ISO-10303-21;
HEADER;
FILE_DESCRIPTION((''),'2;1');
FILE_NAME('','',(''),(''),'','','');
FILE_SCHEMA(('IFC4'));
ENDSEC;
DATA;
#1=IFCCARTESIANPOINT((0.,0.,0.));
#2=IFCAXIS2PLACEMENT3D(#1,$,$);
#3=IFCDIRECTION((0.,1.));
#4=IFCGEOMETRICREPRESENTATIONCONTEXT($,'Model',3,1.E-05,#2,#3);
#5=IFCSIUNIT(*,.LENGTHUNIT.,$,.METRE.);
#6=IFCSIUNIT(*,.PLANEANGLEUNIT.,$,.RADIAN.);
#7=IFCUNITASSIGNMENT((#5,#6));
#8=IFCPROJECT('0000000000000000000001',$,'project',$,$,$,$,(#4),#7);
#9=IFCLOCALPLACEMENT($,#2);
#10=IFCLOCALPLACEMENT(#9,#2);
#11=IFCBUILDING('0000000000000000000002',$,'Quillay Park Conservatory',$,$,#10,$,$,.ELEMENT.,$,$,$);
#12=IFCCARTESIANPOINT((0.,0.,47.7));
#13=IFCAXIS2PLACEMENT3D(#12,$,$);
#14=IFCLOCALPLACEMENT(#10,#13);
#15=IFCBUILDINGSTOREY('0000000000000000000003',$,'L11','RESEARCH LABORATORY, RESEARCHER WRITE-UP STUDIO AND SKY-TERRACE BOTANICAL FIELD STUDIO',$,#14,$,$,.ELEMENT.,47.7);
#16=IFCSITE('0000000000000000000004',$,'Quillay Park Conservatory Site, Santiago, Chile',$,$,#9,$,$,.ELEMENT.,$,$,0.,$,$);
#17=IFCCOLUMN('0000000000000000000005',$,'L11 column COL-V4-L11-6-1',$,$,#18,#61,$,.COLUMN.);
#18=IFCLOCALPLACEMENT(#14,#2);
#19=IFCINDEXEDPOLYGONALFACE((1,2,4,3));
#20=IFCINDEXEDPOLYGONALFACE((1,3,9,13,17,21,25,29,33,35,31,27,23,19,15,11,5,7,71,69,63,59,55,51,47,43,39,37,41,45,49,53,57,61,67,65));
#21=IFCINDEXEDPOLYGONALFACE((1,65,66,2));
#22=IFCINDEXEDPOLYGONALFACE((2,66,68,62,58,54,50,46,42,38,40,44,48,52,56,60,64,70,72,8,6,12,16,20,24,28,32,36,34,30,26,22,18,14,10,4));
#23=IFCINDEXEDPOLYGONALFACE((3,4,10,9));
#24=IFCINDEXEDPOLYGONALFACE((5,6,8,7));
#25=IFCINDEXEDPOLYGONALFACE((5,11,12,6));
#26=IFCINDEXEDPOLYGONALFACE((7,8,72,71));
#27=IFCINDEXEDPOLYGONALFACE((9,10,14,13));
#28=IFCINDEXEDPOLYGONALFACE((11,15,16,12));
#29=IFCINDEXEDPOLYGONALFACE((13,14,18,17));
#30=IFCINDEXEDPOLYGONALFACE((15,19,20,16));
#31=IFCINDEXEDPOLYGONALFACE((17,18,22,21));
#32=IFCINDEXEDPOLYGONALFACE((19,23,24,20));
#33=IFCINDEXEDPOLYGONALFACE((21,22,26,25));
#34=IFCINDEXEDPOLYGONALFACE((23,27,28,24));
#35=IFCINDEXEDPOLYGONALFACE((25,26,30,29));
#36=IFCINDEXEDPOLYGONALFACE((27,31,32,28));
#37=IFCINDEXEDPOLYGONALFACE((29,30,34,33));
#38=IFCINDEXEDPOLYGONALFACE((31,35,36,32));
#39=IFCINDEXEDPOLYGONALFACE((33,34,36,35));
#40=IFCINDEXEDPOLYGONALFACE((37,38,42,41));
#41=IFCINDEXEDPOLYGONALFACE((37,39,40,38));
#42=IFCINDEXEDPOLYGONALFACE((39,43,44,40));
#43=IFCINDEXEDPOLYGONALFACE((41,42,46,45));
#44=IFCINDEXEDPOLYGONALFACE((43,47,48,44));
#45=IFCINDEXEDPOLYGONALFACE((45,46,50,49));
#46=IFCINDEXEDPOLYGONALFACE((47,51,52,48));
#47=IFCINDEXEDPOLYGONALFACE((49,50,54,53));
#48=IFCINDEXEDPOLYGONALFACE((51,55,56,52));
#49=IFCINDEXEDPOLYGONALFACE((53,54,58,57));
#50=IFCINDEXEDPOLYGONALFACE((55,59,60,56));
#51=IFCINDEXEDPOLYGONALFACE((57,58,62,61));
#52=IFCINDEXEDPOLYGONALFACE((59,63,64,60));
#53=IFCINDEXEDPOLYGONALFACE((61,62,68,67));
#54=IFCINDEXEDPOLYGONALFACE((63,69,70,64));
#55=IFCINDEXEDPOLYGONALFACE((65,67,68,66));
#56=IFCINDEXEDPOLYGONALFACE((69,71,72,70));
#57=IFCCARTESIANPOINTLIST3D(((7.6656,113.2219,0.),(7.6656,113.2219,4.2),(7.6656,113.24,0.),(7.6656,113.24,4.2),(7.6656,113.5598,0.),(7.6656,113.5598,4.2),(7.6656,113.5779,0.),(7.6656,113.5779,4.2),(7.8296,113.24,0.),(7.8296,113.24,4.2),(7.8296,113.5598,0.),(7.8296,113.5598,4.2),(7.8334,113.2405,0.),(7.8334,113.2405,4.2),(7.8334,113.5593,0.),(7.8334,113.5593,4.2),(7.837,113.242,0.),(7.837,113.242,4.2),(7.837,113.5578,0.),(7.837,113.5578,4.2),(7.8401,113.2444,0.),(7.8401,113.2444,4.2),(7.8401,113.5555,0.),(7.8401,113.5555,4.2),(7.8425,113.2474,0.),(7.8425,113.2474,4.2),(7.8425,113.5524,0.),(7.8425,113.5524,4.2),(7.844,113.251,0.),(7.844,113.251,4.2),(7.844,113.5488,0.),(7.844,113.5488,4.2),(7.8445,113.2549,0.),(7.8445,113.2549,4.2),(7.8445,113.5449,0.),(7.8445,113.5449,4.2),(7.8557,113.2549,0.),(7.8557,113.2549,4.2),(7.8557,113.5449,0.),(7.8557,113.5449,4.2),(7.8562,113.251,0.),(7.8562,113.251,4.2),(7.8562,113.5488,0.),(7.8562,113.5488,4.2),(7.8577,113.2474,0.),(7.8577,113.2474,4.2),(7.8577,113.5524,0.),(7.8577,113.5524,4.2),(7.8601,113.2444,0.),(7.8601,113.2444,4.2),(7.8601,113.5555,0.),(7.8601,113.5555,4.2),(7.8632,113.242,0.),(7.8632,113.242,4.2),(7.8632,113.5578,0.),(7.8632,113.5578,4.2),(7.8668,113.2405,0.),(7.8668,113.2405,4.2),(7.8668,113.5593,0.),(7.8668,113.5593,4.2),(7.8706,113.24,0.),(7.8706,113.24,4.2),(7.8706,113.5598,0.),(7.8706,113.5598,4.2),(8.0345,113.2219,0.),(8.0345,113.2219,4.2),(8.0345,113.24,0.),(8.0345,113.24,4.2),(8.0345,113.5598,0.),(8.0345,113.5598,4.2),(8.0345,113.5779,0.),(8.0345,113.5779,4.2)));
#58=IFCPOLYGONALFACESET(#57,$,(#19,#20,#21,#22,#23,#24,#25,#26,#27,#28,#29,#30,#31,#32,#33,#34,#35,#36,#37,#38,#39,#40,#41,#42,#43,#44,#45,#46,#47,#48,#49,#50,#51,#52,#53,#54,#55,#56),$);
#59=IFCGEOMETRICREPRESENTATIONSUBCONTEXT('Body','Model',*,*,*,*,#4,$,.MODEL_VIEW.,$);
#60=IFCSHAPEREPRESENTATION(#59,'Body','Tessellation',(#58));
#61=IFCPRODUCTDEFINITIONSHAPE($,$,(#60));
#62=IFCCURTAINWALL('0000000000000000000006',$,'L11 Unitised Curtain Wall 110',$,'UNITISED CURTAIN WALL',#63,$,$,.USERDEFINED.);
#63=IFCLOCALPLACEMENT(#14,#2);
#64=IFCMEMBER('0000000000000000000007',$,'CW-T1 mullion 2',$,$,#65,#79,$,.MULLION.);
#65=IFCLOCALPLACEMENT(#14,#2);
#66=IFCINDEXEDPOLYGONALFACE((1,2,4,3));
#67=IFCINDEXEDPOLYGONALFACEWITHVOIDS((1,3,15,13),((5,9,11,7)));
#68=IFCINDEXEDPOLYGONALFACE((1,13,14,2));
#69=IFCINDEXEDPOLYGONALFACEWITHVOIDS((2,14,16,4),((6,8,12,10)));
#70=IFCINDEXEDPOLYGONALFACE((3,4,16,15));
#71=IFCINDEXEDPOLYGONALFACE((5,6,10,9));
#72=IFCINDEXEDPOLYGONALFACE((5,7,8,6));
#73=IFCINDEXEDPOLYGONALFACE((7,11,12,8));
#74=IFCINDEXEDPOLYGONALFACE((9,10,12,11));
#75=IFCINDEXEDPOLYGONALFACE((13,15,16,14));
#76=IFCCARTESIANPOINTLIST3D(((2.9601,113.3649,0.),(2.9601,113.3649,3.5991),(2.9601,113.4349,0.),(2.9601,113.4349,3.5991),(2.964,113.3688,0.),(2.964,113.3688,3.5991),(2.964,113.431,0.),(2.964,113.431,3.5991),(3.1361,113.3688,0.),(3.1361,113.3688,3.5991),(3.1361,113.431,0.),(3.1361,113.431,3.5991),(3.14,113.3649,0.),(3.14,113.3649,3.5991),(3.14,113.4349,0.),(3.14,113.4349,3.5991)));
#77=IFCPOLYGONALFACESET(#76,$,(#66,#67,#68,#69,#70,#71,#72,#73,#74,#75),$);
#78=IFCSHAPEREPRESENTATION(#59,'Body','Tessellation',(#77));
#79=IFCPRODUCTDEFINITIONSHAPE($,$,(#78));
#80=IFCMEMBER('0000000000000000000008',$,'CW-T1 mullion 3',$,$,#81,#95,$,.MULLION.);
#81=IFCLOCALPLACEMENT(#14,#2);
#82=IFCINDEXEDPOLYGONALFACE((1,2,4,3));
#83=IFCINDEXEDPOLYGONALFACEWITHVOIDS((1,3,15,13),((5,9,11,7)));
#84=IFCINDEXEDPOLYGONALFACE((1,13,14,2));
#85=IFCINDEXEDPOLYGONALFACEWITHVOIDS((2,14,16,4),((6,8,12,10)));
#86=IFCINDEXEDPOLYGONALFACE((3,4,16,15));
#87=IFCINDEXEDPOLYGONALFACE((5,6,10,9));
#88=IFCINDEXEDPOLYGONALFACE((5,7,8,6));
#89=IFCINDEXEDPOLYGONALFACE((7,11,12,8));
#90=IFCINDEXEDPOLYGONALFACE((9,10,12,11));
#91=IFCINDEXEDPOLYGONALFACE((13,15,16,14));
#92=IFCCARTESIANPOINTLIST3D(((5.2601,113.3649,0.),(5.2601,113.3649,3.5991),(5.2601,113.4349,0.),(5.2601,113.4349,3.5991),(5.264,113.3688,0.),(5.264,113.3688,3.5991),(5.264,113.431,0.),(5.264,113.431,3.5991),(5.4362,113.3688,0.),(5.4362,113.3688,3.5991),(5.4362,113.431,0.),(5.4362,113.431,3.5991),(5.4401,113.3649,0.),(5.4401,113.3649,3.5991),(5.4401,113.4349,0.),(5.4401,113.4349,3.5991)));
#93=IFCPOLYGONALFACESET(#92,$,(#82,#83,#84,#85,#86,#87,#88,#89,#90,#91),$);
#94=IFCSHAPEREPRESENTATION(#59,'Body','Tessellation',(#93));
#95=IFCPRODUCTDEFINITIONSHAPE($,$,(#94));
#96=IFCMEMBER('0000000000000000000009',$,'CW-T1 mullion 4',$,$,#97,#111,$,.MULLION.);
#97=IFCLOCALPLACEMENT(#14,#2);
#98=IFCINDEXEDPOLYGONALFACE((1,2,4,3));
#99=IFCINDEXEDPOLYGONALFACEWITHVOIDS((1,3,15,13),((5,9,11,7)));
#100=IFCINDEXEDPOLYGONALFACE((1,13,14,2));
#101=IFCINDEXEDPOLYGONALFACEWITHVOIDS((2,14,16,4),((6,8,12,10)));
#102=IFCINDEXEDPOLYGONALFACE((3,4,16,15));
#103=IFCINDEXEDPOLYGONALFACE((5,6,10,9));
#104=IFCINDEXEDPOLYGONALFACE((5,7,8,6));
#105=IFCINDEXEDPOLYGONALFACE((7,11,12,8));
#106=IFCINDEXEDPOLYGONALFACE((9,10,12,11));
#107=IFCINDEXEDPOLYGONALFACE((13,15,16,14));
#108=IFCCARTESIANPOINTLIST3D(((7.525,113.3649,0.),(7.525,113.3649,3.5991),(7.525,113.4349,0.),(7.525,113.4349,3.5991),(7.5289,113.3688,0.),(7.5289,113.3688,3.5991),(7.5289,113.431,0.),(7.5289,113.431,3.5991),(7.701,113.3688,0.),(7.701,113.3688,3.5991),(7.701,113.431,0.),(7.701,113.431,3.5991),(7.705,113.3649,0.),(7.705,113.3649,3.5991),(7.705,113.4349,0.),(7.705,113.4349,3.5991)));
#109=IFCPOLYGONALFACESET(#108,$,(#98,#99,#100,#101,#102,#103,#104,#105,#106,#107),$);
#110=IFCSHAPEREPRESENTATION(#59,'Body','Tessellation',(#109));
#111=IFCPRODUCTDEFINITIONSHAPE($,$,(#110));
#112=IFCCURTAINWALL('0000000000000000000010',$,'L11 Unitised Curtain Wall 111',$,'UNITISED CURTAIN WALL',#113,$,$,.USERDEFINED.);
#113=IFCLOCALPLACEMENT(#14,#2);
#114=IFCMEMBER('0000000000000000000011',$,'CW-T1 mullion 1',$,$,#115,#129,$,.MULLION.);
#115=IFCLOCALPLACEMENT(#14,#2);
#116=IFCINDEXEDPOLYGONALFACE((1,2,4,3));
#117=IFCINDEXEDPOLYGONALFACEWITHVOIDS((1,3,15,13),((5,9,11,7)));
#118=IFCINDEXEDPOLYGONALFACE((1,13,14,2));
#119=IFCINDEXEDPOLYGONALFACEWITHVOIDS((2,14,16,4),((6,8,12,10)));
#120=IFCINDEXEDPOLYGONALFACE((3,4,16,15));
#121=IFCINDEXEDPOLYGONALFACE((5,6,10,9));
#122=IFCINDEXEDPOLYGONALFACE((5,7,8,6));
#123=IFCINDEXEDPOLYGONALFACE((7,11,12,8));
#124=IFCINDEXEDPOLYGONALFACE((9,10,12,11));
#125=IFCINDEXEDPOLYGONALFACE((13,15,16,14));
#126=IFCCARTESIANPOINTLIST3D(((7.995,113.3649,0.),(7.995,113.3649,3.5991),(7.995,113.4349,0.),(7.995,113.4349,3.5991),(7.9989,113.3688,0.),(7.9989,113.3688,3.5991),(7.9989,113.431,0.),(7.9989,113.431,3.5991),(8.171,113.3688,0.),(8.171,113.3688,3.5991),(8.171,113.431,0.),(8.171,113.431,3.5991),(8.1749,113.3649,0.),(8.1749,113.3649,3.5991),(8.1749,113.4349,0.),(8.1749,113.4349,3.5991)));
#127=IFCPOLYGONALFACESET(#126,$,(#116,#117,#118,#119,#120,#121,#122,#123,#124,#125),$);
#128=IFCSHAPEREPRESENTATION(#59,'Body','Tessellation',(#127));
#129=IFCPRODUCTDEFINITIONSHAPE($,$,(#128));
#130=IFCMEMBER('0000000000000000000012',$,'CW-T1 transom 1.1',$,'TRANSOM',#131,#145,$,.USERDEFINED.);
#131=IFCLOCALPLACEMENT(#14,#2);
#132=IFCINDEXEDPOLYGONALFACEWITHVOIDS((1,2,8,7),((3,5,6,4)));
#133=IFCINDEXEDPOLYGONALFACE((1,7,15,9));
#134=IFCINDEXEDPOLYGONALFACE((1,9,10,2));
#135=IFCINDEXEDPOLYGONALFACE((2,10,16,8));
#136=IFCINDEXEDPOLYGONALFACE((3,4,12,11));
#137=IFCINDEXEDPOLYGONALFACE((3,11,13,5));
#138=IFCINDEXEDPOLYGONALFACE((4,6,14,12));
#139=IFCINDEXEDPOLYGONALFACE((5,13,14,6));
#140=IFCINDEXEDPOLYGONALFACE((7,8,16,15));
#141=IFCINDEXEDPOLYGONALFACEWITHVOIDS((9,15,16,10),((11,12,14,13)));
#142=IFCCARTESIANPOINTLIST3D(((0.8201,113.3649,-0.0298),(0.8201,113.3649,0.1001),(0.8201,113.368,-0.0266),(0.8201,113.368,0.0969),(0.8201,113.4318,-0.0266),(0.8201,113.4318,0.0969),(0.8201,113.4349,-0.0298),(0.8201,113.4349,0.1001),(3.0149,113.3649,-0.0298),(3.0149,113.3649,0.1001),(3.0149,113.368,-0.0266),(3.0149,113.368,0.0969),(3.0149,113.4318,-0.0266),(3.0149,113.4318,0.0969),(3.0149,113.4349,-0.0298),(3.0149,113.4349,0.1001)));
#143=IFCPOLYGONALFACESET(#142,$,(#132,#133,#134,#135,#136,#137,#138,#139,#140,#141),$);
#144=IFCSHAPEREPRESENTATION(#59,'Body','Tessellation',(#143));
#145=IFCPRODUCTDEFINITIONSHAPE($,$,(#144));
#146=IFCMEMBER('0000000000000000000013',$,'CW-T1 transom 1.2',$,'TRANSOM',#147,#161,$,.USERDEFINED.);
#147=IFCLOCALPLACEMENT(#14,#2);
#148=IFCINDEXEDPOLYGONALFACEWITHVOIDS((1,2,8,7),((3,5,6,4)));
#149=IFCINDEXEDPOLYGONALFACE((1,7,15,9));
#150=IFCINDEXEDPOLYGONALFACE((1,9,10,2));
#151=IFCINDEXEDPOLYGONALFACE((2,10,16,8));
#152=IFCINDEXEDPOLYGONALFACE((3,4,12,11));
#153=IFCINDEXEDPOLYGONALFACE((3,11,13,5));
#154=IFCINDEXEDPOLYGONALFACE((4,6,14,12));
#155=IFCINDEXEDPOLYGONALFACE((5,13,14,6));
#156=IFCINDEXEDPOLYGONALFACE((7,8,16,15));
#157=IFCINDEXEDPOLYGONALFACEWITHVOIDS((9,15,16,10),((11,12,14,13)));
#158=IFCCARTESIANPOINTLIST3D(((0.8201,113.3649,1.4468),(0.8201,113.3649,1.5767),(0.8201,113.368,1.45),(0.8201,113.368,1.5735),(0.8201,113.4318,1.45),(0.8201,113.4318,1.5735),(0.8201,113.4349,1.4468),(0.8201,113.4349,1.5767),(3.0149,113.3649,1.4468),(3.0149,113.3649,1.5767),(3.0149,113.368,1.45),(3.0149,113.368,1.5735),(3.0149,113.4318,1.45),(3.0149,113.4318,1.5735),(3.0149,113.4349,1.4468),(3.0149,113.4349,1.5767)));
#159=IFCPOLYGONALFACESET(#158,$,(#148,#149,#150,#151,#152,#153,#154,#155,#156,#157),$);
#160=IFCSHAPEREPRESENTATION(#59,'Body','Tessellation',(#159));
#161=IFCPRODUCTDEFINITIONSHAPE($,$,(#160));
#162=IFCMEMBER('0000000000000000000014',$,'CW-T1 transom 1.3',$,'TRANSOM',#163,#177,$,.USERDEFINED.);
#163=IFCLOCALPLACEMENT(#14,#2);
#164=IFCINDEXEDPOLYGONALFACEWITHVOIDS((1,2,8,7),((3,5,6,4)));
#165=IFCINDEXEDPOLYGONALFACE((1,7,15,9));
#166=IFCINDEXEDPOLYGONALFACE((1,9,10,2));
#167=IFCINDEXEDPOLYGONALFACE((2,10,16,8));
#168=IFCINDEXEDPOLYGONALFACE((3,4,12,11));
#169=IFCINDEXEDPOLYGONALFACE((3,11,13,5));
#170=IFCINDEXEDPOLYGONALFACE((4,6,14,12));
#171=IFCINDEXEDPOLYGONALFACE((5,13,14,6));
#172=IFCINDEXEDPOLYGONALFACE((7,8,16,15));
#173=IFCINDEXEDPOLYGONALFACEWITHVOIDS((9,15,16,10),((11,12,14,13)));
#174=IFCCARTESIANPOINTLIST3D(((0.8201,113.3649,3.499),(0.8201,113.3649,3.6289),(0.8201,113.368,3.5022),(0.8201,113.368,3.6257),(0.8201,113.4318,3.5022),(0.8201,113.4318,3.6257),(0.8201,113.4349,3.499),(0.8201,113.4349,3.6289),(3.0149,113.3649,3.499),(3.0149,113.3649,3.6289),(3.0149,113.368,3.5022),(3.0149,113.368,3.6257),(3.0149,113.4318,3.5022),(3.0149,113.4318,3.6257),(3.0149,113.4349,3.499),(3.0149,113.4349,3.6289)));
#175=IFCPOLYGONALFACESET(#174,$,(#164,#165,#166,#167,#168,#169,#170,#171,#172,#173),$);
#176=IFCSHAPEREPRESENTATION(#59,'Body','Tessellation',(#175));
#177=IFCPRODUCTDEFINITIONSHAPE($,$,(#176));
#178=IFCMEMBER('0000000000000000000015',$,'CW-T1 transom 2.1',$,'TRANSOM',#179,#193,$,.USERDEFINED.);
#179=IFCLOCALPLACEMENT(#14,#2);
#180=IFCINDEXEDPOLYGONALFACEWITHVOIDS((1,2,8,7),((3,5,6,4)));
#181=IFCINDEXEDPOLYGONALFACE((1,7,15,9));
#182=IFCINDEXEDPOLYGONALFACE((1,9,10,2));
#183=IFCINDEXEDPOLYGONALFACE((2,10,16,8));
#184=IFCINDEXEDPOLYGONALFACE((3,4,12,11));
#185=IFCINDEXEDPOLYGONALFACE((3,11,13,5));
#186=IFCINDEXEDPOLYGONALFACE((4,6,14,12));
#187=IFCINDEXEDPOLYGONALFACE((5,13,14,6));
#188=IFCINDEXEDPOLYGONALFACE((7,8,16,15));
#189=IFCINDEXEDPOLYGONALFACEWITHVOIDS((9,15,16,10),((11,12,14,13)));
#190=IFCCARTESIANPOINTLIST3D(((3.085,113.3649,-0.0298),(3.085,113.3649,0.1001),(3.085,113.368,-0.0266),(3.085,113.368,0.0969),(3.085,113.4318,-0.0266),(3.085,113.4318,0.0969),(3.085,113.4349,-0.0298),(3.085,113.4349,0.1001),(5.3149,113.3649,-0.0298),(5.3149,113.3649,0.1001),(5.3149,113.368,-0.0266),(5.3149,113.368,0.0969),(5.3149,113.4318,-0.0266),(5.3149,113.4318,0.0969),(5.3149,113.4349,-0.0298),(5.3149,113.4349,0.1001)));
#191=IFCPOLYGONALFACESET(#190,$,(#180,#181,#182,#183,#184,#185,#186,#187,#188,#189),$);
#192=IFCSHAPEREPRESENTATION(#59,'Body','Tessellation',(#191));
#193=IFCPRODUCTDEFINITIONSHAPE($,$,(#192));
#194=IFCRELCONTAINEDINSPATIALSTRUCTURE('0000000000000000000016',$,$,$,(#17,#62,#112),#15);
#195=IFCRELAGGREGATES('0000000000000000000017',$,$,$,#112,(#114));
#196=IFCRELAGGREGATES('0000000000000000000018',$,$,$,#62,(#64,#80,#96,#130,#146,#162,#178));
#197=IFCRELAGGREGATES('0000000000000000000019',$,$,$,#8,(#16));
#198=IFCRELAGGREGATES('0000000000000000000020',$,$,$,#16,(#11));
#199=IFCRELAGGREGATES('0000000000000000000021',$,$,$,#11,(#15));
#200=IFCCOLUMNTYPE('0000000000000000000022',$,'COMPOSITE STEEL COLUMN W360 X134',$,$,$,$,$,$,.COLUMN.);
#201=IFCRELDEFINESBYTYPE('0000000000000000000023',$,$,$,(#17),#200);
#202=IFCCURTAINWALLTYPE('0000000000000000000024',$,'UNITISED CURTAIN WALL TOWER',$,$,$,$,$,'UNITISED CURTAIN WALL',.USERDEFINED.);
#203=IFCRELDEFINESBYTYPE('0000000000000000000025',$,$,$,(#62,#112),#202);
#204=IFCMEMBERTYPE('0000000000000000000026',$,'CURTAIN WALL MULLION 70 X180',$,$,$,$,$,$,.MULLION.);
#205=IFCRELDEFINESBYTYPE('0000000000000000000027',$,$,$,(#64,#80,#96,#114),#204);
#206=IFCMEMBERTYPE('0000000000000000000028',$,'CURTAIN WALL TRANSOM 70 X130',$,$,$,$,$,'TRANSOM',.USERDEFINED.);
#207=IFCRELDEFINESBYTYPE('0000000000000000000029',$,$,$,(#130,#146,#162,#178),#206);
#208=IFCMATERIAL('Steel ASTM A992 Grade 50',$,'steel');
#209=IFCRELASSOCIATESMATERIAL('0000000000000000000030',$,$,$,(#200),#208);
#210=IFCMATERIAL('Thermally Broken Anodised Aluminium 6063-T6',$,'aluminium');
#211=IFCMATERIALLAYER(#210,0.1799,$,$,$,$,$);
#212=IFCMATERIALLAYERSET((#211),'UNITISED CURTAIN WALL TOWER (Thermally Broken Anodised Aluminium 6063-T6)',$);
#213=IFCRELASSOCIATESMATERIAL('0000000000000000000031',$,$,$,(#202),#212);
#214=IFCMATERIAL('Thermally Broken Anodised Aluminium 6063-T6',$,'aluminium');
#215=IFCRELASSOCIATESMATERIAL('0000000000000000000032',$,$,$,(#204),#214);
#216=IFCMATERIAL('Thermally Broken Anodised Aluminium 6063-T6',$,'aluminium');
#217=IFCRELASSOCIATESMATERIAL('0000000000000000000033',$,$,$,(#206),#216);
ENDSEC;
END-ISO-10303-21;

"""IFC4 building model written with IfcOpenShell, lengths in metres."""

from ifc_helpers import new_model, si_unit, direction, frame, origin, origin_2d, place, context, subcontext, project, spatial, hollow_rectangle, i_section, extrude, material, layer, layer_set, material_profile, profile_set, type_object, element, aggregate, save


model = new_model("IFC4")

# Units and contexts
model_context = context("Model", 3, precision=1e-05, world=origin(), true_north=direction((0.0, 1.0)))
body_context = subcontext(model_context, "Body", "Model", "MODEL_VIEW")
ifc_project = project(units=[si_unit("LENGTHUNIT", "METRE"), si_unit("PLANEANGLEUNIT", "RADIAN")], contexts=[model_context])

# Site, building, storey
site_placement = place(None, origin())
site = spatial("IfcSite", under=ifc_project, at=site_placement, Name="Quillay Park Conservatory Site, Santiago, Chile", CompositionType="ELEMENT", RefElevation=0.0)
building_placement = place(site_placement, origin())
building = spatial("IfcBuilding", under=site, at=building_placement, Name="Quillay Park Conservatory", CompositionType="ELEMENT")
storey_placement = place(building_placement, frame((0.0, 0.0, 47.7)))
storey = spatial("IfcBuildingStorey", under=building, at=storey_placement, Name="L11", Description="RESEARCH LABORATORY, RESEARCHER WRITE-UP STUDIO AND SKY-TERRACE BOTANICAL FIELD STUDIO", CompositionType="ELEMENT", Elevation=47.7)

# Column
ifc_material_1 = material(Name="Steel ASTM A992 Grade 50", Category="steel")
ifc_material_profile_1 = material_profile(ifc_material_1, i_section(OverallWidth=0.3689, OverallDepth=0.356, WebThickness=0.0112, FlangeThickness=0.0181, FilletRadius=0.0149, at=origin_2d()), Name="W360x134")
ifc_profile_set_1 = profile_set([ifc_material_profile_1], Name="Steel ASTM A992 Grade 50")
column_type = type_object("IfcColumnType", Name="COMPOSITE STEEL COLUMN W360 X134", PredefinedType="COLUMN", material=ifc_profile_set_1)
column_placement = place(storey_placement, frame((7.8501, 113.3999, 0.0), z_axis=(0.0, 0.0, 1.0), x_axis=(1.0, 0.0, 0.0)))
element("IfcColumn", 1, at=column_placement, inside=storey, type_object=column_type, Name="L11 column COL-V4-L11-6-1", PredefinedType="COLUMN", context=body_context, shape_type="SweptSolid", body=[
    extrude(i_section(OverallWidth=0.3689, OverallDepth=0.356, WebThickness=0.0112, FlangeThickness=0.0181, FilletRadius=0.0149, at=origin_2d()), origin(), (0.0, 0.0, 1.0), 4.2),
])

# Curtain wall, members
ifc_material_2 = material(Name="Thermally Broken Anodised Aluminium 6063-T6", Category="aluminium")
ifc_layer_1 = layer(ifc_material_2, 0.1799)
ifc_layer_set_1 = layer_set([ifc_layer_1], Name="UNITISED CURTAIN WALL TOWER (Thermally Broken Anodised Aluminium 6063-T6)")
curtain_wall_type = type_object("IfcCurtainWallType", Name="UNITISED CURTAIN WALL TOWER", ElementType="UNITISED CURTAIN WALL", PredefinedType="USERDEFINED", material=ifc_layer_set_1)
curtain_wall_1_placement = place(storey_placement, origin())
curtain_wall_1 = element("IfcCurtainWall", 2, at=curtain_wall_1_placement, inside=storey, type_object=curtain_wall_type, Name="L11 Unitised Curtain Wall 110", ObjectType="UNITISED CURTAIN WALL", PredefinedType="USERDEFINED")
ifc_material_3 = material(Name="Thermally Broken Anodised Aluminium 6063-T6", Category="aluminium")
ifc_material_profile_2 = material_profile(ifc_material_3, hollow_rectangle(XDim=0.0701, YDim=0.1799, WallThickness=0.0039, at=origin_2d()), Name="AL70x180x4")
ifc_profile_set_2 = profile_set([ifc_material_profile_2], Name="Thermally Broken Anodised Aluminium 6063-T6")
member_type_1 = type_object("IfcMemberType", Name="CURTAIN WALL MULLION 70 X180", PredefinedType="MULLION", material=ifc_profile_set_2)
member_1_placement = place(storey_placement, frame((3.05, 113.3999, 0.0), z_axis=(0.0, 0.0, 1.0), x_axis=(0.0, 1.0, 0.0)))
member_1 = element("IfcMember", 3, at=member_1_placement, type_object=member_type_1, Name="CW-T1 mullion 2", PredefinedType="MULLION", context=body_context, shape_type="SweptSolid", body=[
    extrude(hollow_rectangle(XDim=0.0701, YDim=0.1799, WallThickness=0.0039, at=origin_2d()), origin(), (0.0, 0.0, 1.0), 3.5991),
])
member_2_placement = place(storey_placement, frame((5.3501, 113.3999, 0.0), z_axis=(0.0, 0.0, 1.0), x_axis=(0.0, 1.0, 0.0)))
member_2 = element("IfcMember", 4, at=member_2_placement, type_object=member_type_1, Name="CW-T1 mullion 3", PredefinedType="MULLION", context=body_context, shape_type="SweptSolid", body=[
    extrude(hollow_rectangle(XDim=0.0701, YDim=0.1799, WallThickness=0.0039, at=origin_2d()), origin(), (0.0, 0.0, 1.0), 3.5991),
])
member_3_placement = place(storey_placement, frame((7.615, 113.3999, 0.0), z_axis=(0.0, 0.0, 1.0), x_axis=(0.0, 1.0, 0.0)))
member_3 = element("IfcMember", 5, at=member_3_placement, type_object=member_type_1, Name="CW-T1 mullion 4", PredefinedType="MULLION", context=body_context, shape_type="SweptSolid", body=[
    extrude(hollow_rectangle(XDim=0.0701, YDim=0.1799, WallThickness=0.0039, at=origin_2d()), origin(), (0.0, 0.0, 1.0), 3.5991),
])

# Curtain wall, member
curtain_wall_2_placement = place(storey_placement, origin())
curtain_wall_2 = element("IfcCurtainWall", 6, at=curtain_wall_2_placement, inside=storey, type_object=curtain_wall_type, Name="L11 Unitised Curtain Wall 111", ObjectType="UNITISED CURTAIN WALL", PredefinedType="USERDEFINED")
member_4_placement = place(storey_placement, frame((8.085, 113.3999, 0.0), z_axis=(0.0, 0.0, 1.0), x_axis=(0.0, 1.0, 0.0)))
member_4 = element("IfcMember", 7, at=member_4_placement, type_object=member_type_1, Name="CW-T1 mullion 1", PredefinedType="MULLION", context=body_context, shape_type="SweptSolid", body=[
    extrude(hollow_rectangle(XDim=0.0701, YDim=0.1799, WallThickness=0.0039, at=origin_2d()), origin(), (0.0, 0.0, 1.0), 3.5991),
])
aggregate(curtain_wall_2, [member_4])

# Members
ifc_material_4 = material(Name="Thermally Broken Anodised Aluminium 6063-T6", Category="aluminium")
ifc_material_profile_3 = material_profile(ifc_material_4, hollow_rectangle(XDim=0.0701, YDim=0.1299, WallThickness=0.0032, at=origin_2d()), Name="AL70x130x3.2")
ifc_profile_set_3 = profile_set([ifc_material_profile_3], Name="Thermally Broken Anodised Aluminium 6063-T6")
member_type_2 = type_object("IfcMemberType", Name="CURTAIN WALL TRANSOM 70 X130", ElementType="TRANSOM", PredefinedType="USERDEFINED", material=ifc_profile_set_3)
member_5_placement = place(storey_placement, frame((0.8201, 113.3999, 0.0352), z_axis=(1.0, 0.0, 0.0), x_axis=(0.0, 1.0, 0.0)))
member_5 = element("IfcMember", 8, at=member_5_placement, type_object=member_type_2, Name="CW-T1 transom 1.1", ObjectType="TRANSOM", PredefinedType="USERDEFINED", context=body_context, shape_type="SweptSolid", body=[
    extrude(hollow_rectangle(XDim=0.0701, YDim=0.1299, WallThickness=0.0032, at=origin_2d()), origin(), (0.0, 0.0, 1.0), 2.1948),
])
member_6_placement = place(storey_placement, frame((0.8201, 113.3999, 1.5117), z_axis=(1.0, 0.0, 0.0), x_axis=(0.0, 1.0, 0.0)))
member_6 = element("IfcMember", 9, at=member_6_placement, type_object=member_type_2, Name="CW-T1 transom 1.2", ObjectType="TRANSOM", PredefinedType="USERDEFINED", context=body_context, shape_type="SweptSolid", body=[
    extrude(hollow_rectangle(XDim=0.0701, YDim=0.1299, WallThickness=0.0032, at=origin_2d()), origin(), (0.0, 0.0, 1.0), 2.1948),
])
member_7_placement = place(storey_placement, frame((0.8201, 113.3999, 3.564), z_axis=(1.0, 0.0, 0.0), x_axis=(0.0, 1.0, 0.0)))
member_7 = element("IfcMember", 10, at=member_7_placement, type_object=member_type_2, Name="CW-T1 transom 1.3", ObjectType="TRANSOM", PredefinedType="USERDEFINED", context=body_context, shape_type="SweptSolid", body=[
    extrude(hollow_rectangle(XDim=0.0701, YDim=0.1299, WallThickness=0.0032, at=origin_2d()), origin(), (0.0, 0.0, 1.0), 2.1948),
])
member_8_placement = place(storey_placement, frame((3.085, 113.3999, 0.0352), z_axis=(1.0, 0.0, 0.0), x_axis=(0.0, 1.0, 0.0)))
member_8 = element("IfcMember", 11, at=member_8_placement, type_object=member_type_2, Name="CW-T1 transom 2.1", ObjectType="TRANSOM", PredefinedType="USERDEFINED", context=body_context, shape_type="SweptSolid", body=[
    extrude(hollow_rectangle(XDim=0.0701, YDim=0.1299, WallThickness=0.0032, at=origin_2d()), origin(), (0.0, 0.0, 1.0), 2.23),
])

aggregate(curtain_wall_1, [member_1, member_2, member_3, member_5, member_6, member_7, member_8])

save(model, "model.ifc")
